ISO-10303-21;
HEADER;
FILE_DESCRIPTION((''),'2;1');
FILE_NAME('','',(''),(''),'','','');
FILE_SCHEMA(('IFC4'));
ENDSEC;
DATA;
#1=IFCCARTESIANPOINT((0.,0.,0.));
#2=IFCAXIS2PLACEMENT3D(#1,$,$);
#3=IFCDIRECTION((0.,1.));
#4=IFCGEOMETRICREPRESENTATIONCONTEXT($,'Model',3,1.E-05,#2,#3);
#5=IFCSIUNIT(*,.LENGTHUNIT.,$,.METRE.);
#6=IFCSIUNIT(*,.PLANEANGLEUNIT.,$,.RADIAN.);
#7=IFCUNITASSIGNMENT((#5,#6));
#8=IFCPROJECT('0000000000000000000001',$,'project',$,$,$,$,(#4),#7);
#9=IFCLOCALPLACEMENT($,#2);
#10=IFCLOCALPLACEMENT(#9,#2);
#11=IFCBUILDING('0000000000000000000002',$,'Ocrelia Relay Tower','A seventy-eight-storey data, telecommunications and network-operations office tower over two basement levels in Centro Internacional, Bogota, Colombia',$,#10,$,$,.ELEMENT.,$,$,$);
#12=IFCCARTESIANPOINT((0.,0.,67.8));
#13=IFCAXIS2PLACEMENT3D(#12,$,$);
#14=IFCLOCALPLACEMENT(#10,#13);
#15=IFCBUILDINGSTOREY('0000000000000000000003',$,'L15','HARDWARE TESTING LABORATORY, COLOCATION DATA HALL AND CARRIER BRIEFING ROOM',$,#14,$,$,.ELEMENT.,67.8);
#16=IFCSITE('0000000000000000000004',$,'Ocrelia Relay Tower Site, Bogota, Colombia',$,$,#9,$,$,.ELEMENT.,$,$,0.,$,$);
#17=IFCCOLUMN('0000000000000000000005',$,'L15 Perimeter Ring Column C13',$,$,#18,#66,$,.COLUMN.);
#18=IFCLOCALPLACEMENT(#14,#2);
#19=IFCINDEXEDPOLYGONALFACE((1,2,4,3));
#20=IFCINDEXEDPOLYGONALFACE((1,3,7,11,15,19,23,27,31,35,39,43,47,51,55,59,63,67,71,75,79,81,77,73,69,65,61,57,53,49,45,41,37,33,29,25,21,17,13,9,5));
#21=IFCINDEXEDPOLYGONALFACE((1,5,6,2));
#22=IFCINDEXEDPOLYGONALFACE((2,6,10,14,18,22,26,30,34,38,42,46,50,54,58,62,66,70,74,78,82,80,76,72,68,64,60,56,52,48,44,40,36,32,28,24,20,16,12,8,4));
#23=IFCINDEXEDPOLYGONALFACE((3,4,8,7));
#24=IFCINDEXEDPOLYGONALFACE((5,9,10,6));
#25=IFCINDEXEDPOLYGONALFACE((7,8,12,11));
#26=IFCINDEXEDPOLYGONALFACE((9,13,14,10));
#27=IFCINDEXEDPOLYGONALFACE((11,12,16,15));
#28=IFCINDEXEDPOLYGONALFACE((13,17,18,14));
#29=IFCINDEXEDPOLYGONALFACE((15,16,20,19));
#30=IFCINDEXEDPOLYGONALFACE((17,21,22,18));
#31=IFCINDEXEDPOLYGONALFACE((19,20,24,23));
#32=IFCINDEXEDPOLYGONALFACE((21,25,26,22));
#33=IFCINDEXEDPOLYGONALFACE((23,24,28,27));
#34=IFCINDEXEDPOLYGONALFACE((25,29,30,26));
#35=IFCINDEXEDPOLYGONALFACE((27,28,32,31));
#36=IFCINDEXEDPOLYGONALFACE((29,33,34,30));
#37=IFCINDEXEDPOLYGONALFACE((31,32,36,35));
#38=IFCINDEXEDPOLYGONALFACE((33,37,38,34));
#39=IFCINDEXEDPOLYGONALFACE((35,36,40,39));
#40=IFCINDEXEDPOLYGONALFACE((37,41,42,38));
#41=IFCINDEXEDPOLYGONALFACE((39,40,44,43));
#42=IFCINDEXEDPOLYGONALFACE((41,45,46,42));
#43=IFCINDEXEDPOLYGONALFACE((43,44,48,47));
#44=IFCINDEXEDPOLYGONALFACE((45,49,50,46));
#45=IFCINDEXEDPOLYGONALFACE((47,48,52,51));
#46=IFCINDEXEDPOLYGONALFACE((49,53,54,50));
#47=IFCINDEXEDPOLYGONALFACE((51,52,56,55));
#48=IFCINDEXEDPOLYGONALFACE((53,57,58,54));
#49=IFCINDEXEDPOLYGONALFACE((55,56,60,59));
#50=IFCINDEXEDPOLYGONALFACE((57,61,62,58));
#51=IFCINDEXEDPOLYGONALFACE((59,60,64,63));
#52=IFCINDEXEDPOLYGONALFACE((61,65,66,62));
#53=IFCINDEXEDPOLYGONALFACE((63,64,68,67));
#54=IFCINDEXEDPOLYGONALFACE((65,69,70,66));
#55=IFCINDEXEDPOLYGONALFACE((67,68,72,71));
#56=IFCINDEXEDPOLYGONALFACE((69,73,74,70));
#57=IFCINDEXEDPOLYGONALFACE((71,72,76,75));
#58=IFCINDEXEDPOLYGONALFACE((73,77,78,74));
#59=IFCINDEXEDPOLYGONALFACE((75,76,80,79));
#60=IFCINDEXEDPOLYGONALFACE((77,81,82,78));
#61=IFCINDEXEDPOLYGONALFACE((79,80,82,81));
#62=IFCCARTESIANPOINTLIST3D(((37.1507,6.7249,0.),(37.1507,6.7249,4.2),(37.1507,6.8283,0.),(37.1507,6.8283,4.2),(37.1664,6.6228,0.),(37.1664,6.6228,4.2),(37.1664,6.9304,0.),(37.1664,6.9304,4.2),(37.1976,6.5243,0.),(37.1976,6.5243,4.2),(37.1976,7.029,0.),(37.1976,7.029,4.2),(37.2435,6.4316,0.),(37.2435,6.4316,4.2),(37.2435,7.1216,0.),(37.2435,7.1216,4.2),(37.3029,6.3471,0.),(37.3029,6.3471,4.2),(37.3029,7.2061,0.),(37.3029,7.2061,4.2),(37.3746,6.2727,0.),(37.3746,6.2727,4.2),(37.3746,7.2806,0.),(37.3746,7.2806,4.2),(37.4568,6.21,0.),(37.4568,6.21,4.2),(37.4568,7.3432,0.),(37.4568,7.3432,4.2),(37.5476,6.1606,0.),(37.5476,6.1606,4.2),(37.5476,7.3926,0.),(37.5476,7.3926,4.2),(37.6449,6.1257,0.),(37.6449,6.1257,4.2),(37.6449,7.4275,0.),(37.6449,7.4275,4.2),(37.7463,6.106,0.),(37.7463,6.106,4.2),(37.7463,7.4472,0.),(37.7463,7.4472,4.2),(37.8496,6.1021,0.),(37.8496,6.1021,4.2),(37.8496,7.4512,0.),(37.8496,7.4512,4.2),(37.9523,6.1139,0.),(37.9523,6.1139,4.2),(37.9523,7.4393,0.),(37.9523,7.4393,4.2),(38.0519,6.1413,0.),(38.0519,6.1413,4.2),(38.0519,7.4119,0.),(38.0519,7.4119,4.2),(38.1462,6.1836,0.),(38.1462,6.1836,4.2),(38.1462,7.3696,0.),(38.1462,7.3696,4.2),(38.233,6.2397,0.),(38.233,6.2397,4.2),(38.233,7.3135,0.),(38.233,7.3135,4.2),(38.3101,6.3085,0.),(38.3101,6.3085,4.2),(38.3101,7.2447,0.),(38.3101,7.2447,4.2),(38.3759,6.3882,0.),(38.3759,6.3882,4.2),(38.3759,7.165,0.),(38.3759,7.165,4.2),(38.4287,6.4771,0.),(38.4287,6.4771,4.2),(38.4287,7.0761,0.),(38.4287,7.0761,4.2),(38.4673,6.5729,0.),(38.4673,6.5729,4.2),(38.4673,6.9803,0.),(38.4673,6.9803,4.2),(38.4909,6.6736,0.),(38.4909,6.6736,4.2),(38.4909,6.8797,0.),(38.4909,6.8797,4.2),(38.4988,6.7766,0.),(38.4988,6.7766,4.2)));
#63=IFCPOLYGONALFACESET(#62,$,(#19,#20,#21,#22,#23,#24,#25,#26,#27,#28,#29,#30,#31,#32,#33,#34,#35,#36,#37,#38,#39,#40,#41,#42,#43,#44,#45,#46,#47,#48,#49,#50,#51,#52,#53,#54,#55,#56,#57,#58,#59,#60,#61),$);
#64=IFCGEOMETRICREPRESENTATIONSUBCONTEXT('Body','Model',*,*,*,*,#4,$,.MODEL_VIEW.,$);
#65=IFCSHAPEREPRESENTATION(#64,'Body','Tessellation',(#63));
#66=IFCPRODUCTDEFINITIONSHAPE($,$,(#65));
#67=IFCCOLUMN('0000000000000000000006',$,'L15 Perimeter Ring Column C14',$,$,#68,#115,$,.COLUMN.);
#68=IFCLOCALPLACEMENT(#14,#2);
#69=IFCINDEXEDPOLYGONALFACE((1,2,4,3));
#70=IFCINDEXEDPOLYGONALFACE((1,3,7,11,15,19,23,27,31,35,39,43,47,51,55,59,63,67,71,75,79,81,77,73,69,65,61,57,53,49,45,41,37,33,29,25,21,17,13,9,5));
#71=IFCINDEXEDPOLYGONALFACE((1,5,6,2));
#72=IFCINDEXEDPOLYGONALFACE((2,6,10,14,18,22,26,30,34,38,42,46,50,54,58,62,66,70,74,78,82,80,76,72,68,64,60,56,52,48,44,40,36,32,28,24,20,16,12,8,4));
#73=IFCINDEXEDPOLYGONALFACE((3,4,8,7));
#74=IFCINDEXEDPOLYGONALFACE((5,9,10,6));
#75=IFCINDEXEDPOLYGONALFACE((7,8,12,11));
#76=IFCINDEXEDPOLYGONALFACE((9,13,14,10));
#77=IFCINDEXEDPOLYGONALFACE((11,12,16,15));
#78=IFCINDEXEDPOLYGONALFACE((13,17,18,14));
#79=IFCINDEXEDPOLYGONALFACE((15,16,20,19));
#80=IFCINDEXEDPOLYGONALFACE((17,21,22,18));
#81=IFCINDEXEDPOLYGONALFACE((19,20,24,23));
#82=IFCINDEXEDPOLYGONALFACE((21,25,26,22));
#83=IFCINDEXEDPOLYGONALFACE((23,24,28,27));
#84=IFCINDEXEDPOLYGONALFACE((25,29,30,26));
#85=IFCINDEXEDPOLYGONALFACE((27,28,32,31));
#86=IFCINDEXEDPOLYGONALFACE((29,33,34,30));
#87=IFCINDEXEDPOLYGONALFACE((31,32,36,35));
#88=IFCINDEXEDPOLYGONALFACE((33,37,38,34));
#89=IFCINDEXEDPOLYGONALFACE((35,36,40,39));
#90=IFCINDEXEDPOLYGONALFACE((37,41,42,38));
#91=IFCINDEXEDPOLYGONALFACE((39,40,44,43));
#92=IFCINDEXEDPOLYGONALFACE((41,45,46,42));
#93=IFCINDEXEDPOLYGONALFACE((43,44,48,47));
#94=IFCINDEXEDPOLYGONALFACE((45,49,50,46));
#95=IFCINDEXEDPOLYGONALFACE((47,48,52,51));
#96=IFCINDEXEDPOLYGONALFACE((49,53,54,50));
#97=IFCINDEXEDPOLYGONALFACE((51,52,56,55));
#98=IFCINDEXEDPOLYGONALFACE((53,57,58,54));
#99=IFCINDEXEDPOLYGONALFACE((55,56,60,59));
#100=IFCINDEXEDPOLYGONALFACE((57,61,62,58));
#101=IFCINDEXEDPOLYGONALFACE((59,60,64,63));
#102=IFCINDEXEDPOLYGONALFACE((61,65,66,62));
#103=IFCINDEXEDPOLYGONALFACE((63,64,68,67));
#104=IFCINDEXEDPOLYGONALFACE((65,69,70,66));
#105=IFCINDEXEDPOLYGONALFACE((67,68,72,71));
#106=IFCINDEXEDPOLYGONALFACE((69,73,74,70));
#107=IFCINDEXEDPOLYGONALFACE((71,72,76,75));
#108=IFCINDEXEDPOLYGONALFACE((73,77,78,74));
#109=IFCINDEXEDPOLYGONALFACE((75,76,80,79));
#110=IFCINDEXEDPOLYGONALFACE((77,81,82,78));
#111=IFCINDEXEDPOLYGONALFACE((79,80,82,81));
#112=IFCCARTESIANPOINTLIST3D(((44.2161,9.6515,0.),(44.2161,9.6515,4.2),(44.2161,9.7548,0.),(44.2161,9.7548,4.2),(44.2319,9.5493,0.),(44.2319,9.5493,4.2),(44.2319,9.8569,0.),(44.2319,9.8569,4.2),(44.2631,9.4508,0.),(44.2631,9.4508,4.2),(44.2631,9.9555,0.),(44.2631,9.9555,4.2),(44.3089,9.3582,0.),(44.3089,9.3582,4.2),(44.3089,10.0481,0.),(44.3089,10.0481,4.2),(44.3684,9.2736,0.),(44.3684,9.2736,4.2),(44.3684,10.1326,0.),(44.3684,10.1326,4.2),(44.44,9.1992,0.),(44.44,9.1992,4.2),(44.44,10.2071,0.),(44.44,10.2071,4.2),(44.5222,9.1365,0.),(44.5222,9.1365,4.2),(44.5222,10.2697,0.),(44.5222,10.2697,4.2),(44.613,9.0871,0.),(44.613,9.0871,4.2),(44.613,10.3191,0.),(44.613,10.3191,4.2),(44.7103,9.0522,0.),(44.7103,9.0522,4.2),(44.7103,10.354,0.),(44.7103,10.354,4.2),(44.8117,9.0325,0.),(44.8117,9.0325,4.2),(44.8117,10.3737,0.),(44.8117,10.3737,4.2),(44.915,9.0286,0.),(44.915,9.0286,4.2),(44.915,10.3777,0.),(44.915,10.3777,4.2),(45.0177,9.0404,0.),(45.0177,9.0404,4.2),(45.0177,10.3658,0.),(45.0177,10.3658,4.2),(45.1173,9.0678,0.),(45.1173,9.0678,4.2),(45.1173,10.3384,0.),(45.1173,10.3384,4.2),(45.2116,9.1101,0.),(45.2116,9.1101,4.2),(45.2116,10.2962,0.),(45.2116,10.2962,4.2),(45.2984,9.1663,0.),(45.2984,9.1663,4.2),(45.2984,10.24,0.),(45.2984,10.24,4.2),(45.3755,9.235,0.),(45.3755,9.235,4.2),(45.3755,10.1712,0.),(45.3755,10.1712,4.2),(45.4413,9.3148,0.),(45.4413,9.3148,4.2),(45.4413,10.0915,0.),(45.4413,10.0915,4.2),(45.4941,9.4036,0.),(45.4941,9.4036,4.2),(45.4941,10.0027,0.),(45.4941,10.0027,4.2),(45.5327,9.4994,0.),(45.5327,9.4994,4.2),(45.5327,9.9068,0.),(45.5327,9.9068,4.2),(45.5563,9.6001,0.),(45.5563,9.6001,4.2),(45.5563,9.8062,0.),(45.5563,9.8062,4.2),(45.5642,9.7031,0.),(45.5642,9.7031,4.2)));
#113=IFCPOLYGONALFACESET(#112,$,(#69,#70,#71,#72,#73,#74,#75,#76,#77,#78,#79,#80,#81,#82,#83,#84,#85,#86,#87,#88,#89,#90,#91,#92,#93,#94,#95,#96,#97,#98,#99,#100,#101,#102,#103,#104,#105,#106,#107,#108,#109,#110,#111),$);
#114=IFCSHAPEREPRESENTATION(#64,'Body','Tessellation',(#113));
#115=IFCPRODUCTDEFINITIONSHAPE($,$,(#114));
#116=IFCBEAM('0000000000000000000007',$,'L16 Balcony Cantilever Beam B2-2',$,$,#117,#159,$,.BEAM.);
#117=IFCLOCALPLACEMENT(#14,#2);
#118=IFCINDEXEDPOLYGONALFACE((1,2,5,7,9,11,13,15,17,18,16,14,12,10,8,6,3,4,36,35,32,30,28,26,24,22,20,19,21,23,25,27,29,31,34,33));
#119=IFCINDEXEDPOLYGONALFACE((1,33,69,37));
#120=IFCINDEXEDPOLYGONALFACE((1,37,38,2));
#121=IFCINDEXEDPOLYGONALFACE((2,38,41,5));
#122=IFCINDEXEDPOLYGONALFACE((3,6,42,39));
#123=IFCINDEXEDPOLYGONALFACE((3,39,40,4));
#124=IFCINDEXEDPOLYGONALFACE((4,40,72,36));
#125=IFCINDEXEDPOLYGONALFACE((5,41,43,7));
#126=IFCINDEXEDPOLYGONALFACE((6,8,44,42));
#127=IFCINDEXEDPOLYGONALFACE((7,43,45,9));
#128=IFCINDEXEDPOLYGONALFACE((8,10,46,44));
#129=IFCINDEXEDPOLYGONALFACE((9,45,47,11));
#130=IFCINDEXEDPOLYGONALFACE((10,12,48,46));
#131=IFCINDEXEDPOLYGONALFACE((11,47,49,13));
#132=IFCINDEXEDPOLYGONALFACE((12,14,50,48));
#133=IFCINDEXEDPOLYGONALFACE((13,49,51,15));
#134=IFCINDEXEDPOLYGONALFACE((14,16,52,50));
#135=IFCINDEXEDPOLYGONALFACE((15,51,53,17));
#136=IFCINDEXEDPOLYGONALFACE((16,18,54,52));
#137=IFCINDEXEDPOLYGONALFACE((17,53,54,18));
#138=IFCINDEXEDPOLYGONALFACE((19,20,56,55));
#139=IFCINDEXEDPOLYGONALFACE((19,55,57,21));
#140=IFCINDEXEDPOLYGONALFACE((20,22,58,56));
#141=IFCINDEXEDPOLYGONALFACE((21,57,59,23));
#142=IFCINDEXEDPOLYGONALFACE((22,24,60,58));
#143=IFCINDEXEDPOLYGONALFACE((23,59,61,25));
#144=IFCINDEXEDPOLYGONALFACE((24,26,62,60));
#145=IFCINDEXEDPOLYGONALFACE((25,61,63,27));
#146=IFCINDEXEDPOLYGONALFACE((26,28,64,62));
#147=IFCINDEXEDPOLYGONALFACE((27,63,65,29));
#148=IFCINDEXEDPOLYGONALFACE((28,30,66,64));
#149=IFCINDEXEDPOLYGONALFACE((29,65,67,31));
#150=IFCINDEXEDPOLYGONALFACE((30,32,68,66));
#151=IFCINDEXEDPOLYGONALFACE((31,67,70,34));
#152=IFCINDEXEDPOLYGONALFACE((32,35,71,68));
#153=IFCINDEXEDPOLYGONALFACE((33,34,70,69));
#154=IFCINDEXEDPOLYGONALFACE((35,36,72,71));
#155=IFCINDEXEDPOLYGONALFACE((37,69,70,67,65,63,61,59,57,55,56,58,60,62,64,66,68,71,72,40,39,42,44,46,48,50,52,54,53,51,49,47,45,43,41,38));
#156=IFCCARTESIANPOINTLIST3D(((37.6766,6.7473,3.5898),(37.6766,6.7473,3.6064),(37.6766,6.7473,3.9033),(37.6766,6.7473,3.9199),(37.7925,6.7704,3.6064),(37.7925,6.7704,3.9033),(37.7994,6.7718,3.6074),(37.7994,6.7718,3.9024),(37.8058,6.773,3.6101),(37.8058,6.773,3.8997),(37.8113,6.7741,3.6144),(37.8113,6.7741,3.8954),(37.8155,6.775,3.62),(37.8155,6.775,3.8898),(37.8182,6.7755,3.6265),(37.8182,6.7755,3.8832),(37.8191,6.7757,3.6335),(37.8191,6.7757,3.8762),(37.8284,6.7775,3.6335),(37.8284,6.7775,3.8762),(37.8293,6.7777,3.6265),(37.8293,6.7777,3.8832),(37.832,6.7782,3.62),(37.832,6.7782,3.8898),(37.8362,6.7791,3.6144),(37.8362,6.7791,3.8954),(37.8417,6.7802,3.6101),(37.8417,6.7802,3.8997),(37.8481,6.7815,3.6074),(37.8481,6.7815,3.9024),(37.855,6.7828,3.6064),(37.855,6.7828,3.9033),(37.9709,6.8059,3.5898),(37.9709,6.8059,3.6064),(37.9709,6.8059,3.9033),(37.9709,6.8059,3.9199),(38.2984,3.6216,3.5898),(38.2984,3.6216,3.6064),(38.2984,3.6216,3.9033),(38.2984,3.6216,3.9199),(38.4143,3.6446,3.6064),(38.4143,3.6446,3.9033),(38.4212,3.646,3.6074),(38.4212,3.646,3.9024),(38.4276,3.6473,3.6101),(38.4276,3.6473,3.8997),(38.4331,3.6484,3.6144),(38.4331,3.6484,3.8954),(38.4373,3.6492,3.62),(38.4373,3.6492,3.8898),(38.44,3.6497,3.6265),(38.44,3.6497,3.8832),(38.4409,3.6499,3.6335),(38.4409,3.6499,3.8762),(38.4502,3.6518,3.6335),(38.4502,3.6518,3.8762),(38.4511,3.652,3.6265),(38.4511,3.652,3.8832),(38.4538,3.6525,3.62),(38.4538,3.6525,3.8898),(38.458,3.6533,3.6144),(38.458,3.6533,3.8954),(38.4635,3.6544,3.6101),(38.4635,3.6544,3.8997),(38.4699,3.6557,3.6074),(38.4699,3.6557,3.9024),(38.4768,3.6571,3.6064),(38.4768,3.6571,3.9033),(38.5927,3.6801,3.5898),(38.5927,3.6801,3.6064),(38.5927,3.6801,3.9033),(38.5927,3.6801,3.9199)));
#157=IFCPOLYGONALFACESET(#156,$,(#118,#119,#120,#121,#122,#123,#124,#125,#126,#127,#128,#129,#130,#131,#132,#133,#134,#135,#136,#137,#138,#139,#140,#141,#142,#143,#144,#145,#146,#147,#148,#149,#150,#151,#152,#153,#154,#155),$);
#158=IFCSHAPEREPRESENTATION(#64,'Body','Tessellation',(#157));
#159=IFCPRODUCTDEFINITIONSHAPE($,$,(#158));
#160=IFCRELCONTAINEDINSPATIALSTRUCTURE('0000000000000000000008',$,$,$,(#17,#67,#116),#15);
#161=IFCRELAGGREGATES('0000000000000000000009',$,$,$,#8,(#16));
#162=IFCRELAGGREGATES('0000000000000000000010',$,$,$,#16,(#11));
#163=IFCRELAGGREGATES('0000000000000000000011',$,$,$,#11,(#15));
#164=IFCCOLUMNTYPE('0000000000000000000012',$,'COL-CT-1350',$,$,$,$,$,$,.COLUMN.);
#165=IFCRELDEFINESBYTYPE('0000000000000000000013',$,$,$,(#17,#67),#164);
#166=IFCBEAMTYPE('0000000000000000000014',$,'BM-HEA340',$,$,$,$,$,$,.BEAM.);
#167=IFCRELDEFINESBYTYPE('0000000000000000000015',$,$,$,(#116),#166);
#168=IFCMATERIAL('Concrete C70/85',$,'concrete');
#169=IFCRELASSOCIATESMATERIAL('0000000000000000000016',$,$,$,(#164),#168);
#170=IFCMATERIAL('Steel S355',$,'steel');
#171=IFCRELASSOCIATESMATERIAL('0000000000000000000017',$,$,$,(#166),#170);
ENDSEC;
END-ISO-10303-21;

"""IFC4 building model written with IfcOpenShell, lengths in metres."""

from ifc_helpers import new_model, si_unit, direction, frame, origin, origin_2d, place, context, subcontext, project, spatial, circle, i_section, extrude, material, material_profile, profile_set, type_object, element, save


model = new_model("IFC4")

# Units and contexts
model_context = context("Model", 3, precision=1e-05, world=origin(), true_north=direction((0.0, 1.0)))
body_context = subcontext(model_context, "Body", "Model", "MODEL_VIEW")
ifc_project = project(units=[si_unit("LENGTHUNIT", "METRE"), si_unit("PLANEANGLEUNIT", "RADIAN")], contexts=[model_context])

# Site, building, storey
site_placement = place(None, origin())
site = spatial("IfcSite", under=ifc_project, at=site_placement, Name="Ocrelia Relay Tower Site, Bogota, Colombia", CompositionType="ELEMENT", RefElevation=0.0)
building_placement = place(site_placement, origin())
building = spatial("IfcBuilding", under=site, at=building_placement, Name="Ocrelia Relay Tower", Description="A seventy-eight-storey data, telecommunications and network-operations office tower over two basement levels in Centro Internacional, Bogota, Colombia", CompositionType="ELEMENT")
storey_placement = place(building_placement, frame((0.0, 0.0, 67.8)))
storey = spatial("IfcBuildingStorey", under=building, at=storey_placement, Name="L15", Description="HARDWARE TESTING LABORATORY, COLOCATION DATA HALL AND CARRIER BRIEFING ROOM", CompositionType="ELEMENT", Elevation=67.8)

# Columns
ifc_material_1 = material(Name="Concrete C70/85", Category="concrete")
ifc_material_profile_1 = material_profile(ifc_material_1, circle(Radius=0.675, at=origin_2d()), Name="RC-CIR-1350")
ifc_profile_set_1 = profile_set([ifc_material_profile_1], Name="Concrete C70/85")
column_type = type_object("IfcColumnType", Name="COL-CT-1350", PredefinedType="COLUMN", material=ifc_profile_set_1)
for number, where, z_axis, x_axis, name in (
    (1, (37.8237, 6.7766, 0.0), (0.0, 0.0, 1.0), (1.0, 0.0, 0.0), "L15 Perimeter Ring Column C13"),
    (2, (44.8892, 9.7031, 0.0), (0.0, 0.0, 1.0), (1.0, 0.0, 0.0), "L15 Perimeter Ring Column C14"),
):
    element("IfcColumn", number, at=place(storey_placement, frame(where, z_axis=z_axis, x_axis=x_axis)), inside=storey, type_object=column_type, Name=name, PredefinedType="COLUMN", context=body_context, shape_type="SweptSolid", body=[
        extrude(circle(Radius=0.675, at=origin_2d()), origin(), (0.0, 0.0, 1.0), 4.2),
    ])

# Beam
ifc_material_2 = material(Name="Steel S355", Category="steel")
ifc_material_profile_2 = material_profile(ifc_material_2, i_section(OverallWidth=0.3, OverallDepth=0.3301, WebThickness=0.0095, FlangeThickness=0.0166, FilletRadius=0.0271, at=origin_2d()), Name="HEA 340")
ifc_profile_set_2 = profile_set([ifc_material_profile_2], Name="Steel S355")
beam_type_1 = type_object("IfcBeamType", Name="BM-HEA340", PredefinedType="BEAM", material=ifc_profile_set_2)
beam_1_placement = place(storey_placement, frame((37.8237, 6.7766, 3.7549), z_axis=(0.195114, -0.980781, 0.0), x_axis=(0.980781, 0.195114, 0.0)))
element("IfcBeam", 3, at=beam_1_placement, inside=storey, type_object=beam_type_1, Name="L16 Balcony Cantilever Beam B2-2", PredefinedType="BEAM", context=body_context, shape_type="SweptSolid", body=[
    extrude(i_section(OverallWidth=0.3, OverallDepth=0.3301, WebThickness=0.0095, FlangeThickness=0.0166, FilletRadius=0.0271, at=origin_2d()), origin(), (0.0, 0.0, 1.0), 3.187),
])

save(model, "model.ifc")
